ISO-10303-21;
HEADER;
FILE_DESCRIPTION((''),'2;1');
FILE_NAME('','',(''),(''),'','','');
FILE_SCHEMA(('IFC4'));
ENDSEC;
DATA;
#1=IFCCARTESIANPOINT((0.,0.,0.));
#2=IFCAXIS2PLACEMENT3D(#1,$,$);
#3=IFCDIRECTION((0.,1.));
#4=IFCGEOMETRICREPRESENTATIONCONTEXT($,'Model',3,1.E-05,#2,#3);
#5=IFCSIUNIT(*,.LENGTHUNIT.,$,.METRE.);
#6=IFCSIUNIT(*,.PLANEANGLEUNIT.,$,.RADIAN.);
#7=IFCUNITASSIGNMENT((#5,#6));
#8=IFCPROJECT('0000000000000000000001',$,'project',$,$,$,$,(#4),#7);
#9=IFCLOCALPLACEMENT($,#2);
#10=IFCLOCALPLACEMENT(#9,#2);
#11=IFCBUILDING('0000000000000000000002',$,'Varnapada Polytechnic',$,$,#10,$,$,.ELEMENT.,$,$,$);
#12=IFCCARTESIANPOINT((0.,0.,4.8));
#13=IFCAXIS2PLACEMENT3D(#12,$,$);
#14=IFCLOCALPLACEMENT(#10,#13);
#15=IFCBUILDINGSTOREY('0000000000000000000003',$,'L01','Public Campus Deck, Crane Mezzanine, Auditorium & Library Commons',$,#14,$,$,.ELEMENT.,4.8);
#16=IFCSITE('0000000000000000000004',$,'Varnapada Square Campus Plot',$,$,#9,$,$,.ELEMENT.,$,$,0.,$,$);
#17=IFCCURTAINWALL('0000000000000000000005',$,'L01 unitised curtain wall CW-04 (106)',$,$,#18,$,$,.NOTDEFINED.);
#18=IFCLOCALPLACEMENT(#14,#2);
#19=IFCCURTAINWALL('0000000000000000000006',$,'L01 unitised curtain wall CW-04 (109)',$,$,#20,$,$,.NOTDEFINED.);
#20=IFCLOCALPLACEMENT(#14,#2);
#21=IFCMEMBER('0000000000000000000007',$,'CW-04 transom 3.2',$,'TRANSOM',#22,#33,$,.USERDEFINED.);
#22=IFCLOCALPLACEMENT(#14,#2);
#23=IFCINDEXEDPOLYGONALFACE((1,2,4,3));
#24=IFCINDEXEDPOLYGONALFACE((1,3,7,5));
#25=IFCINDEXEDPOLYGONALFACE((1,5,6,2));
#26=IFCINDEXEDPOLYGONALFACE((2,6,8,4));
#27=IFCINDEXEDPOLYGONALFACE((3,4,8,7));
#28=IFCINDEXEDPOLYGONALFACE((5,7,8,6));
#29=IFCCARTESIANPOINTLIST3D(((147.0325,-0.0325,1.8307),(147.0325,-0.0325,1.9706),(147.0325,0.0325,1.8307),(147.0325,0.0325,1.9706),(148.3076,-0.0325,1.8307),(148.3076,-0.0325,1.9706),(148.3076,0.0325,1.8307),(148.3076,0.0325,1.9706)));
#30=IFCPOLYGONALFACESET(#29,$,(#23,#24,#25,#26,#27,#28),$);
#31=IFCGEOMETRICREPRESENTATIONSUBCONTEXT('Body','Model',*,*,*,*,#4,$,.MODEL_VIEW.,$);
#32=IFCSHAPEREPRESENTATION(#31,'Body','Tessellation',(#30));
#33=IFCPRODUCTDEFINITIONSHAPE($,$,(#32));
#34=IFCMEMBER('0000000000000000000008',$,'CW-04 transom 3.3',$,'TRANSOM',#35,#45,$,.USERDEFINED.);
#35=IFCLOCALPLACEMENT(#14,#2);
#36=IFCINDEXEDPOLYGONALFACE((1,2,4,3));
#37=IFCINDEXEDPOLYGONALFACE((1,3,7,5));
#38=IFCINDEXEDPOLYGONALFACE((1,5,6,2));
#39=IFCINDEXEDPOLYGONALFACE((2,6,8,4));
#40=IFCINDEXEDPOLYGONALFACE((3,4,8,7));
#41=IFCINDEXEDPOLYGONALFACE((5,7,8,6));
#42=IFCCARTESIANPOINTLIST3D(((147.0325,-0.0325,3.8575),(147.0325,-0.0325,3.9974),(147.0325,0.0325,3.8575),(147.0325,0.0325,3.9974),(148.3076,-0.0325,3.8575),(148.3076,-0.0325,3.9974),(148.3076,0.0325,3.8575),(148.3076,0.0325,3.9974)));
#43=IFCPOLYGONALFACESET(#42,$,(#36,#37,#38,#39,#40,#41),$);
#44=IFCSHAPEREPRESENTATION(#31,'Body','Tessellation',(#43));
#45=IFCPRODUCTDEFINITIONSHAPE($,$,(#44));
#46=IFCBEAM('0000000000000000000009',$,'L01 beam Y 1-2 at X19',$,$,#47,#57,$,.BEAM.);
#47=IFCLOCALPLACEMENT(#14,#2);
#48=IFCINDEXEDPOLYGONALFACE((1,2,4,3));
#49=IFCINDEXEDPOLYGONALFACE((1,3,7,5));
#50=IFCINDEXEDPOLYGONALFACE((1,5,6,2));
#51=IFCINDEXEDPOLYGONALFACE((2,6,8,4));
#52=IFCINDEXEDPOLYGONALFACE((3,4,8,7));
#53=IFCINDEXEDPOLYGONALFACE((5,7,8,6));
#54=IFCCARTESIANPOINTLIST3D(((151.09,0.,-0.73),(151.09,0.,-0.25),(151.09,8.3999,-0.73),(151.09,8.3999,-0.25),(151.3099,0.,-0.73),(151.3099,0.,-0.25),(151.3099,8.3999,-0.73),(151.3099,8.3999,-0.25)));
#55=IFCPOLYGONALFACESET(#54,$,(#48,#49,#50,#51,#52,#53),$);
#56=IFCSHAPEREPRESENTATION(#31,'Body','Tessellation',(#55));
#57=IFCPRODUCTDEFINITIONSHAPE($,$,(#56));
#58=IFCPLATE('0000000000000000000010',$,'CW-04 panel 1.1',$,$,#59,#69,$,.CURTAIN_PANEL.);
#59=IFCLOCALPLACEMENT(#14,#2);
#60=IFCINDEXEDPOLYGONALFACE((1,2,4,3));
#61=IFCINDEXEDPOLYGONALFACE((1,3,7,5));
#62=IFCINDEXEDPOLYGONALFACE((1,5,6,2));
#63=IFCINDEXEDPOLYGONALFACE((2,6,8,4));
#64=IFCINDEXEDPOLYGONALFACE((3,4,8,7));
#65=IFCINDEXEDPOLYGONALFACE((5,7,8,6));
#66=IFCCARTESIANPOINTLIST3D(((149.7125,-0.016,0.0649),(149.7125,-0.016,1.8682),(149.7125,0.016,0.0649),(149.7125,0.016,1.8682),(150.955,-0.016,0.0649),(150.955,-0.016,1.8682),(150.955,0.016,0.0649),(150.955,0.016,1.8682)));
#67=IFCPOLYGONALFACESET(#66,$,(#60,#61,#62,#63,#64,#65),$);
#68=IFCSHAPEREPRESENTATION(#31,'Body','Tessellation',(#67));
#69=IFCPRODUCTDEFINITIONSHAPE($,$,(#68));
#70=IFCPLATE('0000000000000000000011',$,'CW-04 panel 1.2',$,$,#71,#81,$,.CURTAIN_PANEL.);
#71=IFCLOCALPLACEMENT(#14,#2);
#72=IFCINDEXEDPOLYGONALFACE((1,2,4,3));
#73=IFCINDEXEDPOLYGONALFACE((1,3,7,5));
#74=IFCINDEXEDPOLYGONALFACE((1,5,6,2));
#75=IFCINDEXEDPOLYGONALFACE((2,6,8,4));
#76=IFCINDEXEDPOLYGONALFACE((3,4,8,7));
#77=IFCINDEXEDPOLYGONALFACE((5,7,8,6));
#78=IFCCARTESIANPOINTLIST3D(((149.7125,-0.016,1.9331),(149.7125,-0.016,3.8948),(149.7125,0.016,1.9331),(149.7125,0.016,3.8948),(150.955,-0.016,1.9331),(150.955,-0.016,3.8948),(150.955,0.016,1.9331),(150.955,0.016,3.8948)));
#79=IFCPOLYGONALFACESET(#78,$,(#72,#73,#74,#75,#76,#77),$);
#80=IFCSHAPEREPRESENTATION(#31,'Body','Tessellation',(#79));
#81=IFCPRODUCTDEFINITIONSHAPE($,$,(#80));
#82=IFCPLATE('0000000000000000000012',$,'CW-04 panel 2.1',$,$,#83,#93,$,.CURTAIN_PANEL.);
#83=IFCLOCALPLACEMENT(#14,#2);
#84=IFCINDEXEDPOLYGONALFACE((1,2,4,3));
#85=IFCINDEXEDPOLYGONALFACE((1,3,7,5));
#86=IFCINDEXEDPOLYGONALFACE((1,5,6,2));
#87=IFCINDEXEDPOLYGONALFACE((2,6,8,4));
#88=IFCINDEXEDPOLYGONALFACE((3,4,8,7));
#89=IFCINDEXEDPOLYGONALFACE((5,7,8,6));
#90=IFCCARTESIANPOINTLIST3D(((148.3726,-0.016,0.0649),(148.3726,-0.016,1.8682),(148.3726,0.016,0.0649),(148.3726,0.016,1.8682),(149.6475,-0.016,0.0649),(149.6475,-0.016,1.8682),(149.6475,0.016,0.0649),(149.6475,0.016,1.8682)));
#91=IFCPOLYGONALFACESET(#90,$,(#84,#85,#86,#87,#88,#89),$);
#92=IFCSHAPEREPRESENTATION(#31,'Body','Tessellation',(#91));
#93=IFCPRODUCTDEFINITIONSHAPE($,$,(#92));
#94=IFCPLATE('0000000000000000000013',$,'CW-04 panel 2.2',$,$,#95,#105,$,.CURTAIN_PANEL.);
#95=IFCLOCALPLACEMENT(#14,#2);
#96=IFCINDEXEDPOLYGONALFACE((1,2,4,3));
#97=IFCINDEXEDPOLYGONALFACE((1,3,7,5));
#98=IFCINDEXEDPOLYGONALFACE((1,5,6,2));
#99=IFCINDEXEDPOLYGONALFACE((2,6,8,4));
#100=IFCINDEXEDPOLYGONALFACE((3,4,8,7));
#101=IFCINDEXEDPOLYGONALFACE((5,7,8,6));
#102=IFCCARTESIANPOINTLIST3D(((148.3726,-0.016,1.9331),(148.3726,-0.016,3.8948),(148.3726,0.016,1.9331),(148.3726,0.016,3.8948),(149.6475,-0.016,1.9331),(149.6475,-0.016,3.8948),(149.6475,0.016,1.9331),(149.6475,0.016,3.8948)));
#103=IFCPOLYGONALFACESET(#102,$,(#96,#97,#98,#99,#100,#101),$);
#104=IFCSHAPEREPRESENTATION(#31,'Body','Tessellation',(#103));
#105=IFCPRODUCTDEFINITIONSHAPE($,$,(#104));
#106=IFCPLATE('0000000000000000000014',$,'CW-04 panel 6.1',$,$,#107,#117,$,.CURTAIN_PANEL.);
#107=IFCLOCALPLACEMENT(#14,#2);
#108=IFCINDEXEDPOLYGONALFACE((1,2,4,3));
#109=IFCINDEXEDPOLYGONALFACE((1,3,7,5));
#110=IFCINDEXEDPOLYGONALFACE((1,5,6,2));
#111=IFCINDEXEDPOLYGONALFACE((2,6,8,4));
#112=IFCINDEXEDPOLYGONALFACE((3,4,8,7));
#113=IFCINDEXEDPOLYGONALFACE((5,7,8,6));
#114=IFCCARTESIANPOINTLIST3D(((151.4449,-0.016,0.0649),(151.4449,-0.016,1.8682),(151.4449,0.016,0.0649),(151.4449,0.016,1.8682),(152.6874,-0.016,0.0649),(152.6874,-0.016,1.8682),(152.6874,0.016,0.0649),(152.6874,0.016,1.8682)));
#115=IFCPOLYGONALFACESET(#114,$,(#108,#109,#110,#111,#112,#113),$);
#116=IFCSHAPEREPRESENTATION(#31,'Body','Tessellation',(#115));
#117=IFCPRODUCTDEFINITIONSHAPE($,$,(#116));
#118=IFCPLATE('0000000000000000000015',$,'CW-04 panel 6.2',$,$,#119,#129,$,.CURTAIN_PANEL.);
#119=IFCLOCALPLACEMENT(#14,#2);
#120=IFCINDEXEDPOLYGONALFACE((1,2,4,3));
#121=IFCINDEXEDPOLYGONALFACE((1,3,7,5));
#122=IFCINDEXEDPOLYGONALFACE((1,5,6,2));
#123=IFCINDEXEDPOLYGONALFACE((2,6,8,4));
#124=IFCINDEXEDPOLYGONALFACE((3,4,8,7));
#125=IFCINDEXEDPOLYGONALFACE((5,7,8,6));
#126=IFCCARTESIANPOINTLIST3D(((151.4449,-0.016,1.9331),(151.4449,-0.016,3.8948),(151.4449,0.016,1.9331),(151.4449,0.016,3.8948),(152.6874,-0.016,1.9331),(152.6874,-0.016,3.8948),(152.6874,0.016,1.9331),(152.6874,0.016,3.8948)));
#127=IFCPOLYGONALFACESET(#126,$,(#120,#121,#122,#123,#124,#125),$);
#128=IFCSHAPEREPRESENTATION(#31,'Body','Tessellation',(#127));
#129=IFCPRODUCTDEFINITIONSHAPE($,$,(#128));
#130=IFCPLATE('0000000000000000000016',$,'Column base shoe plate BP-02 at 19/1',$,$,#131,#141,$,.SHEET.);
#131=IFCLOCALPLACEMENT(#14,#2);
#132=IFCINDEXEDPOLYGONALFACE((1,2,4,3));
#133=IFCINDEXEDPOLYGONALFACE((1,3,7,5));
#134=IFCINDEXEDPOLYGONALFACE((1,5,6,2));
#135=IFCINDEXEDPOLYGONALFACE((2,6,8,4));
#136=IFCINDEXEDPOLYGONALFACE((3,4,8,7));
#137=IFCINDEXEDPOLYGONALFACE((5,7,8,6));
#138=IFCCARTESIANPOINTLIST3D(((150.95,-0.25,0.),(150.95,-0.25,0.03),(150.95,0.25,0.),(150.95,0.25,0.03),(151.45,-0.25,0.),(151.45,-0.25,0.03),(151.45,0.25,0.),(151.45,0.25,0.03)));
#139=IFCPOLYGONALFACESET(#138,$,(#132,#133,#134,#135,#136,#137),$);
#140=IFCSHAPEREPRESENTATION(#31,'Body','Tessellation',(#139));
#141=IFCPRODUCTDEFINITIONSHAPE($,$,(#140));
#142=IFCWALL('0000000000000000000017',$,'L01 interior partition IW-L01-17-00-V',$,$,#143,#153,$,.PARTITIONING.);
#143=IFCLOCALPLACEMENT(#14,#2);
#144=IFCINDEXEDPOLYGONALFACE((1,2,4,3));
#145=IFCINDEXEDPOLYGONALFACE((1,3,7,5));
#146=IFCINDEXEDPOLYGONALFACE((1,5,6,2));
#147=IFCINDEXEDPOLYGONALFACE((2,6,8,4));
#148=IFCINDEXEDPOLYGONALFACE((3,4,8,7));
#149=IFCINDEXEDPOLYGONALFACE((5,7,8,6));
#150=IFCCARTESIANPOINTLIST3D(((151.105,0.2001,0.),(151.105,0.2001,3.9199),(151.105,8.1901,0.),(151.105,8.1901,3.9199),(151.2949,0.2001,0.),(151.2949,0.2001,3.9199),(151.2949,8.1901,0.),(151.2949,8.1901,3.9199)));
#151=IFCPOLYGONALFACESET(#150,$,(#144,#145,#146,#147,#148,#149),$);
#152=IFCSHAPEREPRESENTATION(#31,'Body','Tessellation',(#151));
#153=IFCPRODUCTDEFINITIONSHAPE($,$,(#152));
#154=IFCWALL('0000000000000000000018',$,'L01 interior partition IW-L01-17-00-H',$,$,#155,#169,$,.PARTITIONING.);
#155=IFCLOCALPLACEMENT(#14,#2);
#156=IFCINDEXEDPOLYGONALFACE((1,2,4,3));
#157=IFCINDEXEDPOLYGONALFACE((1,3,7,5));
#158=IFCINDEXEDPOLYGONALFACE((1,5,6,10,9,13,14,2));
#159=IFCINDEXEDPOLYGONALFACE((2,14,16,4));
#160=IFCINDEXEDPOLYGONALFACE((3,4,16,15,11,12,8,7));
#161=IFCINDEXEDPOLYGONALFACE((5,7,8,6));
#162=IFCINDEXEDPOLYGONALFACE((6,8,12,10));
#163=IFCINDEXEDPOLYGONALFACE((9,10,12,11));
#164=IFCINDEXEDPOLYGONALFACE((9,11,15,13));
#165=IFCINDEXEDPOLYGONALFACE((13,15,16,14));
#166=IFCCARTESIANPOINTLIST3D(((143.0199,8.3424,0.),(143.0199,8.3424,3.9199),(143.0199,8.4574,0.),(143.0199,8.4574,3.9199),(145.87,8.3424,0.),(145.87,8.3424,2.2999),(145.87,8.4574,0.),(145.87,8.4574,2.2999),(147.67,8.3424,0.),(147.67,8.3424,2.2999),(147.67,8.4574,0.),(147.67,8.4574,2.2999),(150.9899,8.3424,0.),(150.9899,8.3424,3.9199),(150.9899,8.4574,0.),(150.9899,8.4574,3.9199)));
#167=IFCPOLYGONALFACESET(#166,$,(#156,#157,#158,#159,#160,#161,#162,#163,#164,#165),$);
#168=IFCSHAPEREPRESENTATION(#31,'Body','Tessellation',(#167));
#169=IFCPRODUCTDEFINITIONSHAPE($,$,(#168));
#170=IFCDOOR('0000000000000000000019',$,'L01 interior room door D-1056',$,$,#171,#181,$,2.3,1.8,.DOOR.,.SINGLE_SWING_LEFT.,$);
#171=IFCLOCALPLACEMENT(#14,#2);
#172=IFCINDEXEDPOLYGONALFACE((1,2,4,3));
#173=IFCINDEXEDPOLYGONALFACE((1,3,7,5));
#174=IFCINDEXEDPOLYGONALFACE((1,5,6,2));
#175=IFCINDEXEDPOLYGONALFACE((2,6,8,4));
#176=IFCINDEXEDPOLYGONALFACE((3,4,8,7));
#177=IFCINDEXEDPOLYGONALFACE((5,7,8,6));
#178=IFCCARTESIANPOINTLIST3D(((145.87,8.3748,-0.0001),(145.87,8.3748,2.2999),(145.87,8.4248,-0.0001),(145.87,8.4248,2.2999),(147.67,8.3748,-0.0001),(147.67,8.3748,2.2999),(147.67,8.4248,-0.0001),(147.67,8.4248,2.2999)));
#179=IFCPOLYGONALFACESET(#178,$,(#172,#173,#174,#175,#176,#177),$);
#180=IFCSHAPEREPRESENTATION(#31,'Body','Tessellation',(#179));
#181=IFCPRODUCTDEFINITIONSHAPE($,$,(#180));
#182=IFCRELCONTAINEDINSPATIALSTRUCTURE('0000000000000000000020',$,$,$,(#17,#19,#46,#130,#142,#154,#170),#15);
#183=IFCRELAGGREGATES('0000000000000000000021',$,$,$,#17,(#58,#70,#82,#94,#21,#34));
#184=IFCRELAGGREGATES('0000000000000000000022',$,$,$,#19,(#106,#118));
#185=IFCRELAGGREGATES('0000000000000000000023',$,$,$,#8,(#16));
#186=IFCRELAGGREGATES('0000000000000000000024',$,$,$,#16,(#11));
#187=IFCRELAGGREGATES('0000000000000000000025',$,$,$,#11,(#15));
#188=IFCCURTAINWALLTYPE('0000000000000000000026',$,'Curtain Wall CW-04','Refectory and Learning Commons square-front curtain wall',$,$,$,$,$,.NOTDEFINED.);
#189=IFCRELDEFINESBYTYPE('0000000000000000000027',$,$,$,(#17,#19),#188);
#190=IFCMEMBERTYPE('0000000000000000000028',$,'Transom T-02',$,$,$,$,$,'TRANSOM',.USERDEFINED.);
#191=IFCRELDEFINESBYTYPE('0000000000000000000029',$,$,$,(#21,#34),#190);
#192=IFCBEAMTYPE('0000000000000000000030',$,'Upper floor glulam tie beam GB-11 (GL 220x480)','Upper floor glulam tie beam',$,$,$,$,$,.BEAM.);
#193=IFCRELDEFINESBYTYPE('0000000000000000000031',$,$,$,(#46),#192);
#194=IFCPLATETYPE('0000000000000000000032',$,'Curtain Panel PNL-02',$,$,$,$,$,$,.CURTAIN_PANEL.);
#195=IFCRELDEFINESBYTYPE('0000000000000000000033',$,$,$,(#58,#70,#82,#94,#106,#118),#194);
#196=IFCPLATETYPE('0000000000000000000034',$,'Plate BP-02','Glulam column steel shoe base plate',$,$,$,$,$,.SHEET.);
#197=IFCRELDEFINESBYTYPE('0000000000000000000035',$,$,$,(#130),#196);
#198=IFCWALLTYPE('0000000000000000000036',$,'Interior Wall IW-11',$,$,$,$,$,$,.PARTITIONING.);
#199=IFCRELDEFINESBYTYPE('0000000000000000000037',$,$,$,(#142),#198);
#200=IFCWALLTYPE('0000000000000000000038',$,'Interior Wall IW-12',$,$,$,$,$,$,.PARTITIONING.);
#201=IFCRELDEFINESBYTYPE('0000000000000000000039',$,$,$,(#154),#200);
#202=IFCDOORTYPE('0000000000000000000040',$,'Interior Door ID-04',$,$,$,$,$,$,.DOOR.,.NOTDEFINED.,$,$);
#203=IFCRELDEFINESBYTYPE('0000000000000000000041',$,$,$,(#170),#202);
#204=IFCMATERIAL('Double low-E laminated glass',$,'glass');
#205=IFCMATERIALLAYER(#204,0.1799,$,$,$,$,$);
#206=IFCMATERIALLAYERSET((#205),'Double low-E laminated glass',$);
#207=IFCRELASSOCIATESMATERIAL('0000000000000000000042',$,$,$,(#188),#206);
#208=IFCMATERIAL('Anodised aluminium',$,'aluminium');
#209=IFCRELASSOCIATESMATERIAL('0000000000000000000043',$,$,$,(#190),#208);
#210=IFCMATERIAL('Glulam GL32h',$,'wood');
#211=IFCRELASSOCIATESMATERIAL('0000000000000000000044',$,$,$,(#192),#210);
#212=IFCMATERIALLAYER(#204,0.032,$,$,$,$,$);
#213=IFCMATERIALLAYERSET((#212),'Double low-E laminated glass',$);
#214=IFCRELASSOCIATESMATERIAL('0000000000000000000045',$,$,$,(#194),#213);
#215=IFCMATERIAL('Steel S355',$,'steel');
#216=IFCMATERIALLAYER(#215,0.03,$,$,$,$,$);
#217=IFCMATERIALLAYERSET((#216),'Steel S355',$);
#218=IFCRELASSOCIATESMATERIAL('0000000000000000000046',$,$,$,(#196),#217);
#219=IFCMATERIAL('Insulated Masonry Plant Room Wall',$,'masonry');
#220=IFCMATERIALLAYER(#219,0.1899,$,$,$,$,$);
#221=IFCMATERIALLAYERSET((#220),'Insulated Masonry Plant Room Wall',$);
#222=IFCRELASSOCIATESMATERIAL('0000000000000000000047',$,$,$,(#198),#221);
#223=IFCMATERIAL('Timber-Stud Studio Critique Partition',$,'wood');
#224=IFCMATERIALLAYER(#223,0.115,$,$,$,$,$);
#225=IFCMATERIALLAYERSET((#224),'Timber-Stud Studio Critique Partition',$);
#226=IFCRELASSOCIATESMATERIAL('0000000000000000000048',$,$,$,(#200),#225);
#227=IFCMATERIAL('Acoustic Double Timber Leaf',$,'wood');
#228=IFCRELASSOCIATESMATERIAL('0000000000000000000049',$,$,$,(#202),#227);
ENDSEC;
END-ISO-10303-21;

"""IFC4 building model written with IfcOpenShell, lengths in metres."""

from ifc_helpers import new_model, si_unit, direction, frame, frame_2d, origin, origin_2d, place, context, subcontext, project, spatial, rectangle, extrude, material, layer, layer_set, material_profile, profile_set, type_object, element, fill, aggregate, save


model = new_model("IFC4")

# Units and contexts
model_context = context("Model", 3, precision=1e-05, world=origin(), true_north=direction((0.0, 1.0)))
body_context = subcontext(model_context, "Body", "Model", "MODEL_VIEW")
ifc_project = project(units=[si_unit("LENGTHUNIT", "METRE"), si_unit("PLANEANGLEUNIT", "RADIAN")], contexts=[model_context])

# Site, building, storey
site_placement = place(None, origin())
site = spatial("IfcSite", under=ifc_project, at=site_placement, Name="Varnapada Square Campus Plot", CompositionType="ELEMENT", RefElevation=0.0)
building_placement = place(site_placement, origin())
building = spatial("IfcBuilding", under=site, at=building_placement, Name="Varnapada Polytechnic", CompositionType="ELEMENT")
storey_placement = place(building_placement, frame((0.0, 0.0, 4.8)))
storey = spatial("IfcBuildingStorey", under=building, at=storey_placement, Name="L01", Description="Public Campus Deck, Crane Mezzanine, Auditorium & Library Commons", CompositionType="ELEMENT", Elevation=4.8)

# Shared definitions
ifc_material_1 = material(Name="Glulam GL32h", Category="wood")

# Curtain wall
ifc_material_2 = material(Name="Double low-E laminated glass", Category="glass")
ifc_layer_1 = layer(ifc_material_2, 0.1799)
ifc_layer_set_1 = layer_set([ifc_layer_1], Name="Double low-E laminated glass")
curtain_wall_type = type_object("IfcCurtainWallType", Name="Curtain Wall CW-04", Description="Refectory and Learning Commons square-front curtain wall", PredefinedType="NOTDEFINED", material=ifc_layer_set_1)
curtain_wall_1_placement = place(storey_placement, origin())
curtain_wall_1 = element("IfcCurtainWall", 1, at=curtain_wall_1_placement, inside=storey, type_object=curtain_wall_type, Name="L01 unitised curtain wall CW-04 (106)", PredefinedType="NOTDEFINED")
ifc_material_3 = material(Name="Anodised aluminium", Category="aluminium")

# Curtain wall
curtain_wall_2_placement = place(storey_placement, origin())
curtain_wall_2 = element("IfcCurtainWall", 2, at=curtain_wall_2_placement, inside=storey, type_object=curtain_wall_type, Name="L01 unitised curtain wall CW-04 (109)", PredefinedType="NOTDEFINED")

# Members
ifc_material_profile_1 = material_profile(ifc_material_3, rectangle(XDim=0.0649, YDim=0.1399, at=origin_2d()), Name="ALU T65x140")
ifc_profile_set_1 = profile_set([ifc_material_profile_1], Name="Anodised aluminium")
member_type_1 = type_object("IfcMemberType", Name="Transom T-02", ElementType="TRANSOM", PredefinedType="USERDEFINED", material=ifc_profile_set_1)
member_1_placement = place(storey_placement, frame((148.3076, 0.0, 1.9006), z_axis=(-1.0, 0.0, 0.0), x_axis=(0.0, -1.0, 0.0)))
member_1 = element("IfcMember", 3, at=member_1_placement, type_object=member_type_1, Name="CW-04 transom 3.2", ObjectType="TRANSOM", PredefinedType="USERDEFINED", context=body_context, shape_type="SweptSolid", body=[
    extrude(rectangle(XDim=0.0649, YDim=0.1399, at=origin_2d()), origin(), (0.0, 0.0, 1.0), 1.2751),
])
member_2_placement = place(storey_placement, frame((148.3076, 0.0, 3.9275), z_axis=(-1.0, 0.0, 0.0), x_axis=(0.0, -1.0, 0.0)))
member_2 = element("IfcMember", 4, at=member_2_placement, type_object=member_type_1, Name="CW-04 transom 3.3", ObjectType="TRANSOM", PredefinedType="USERDEFINED", context=body_context, shape_type="SweptSolid", body=[
    extrude(rectangle(XDim=0.0649, YDim=0.1399, at=origin_2d()), origin(), (0.0, 0.0, 1.0), 1.2751),
])

# Beam
ifc_material_profile_2 = material_profile(ifc_material_1, rectangle(XDim=0.22, YDim=0.48, at=origin_2d()), Name="GL 220x480")
ifc_profile_set_2 = profile_set([ifc_material_profile_2], Name="Glulam GL32h")
beam_type_1 = type_object("IfcBeamType", Name="Upper floor glulam tie beam GB-11 (GL 220x480)", Description="Upper floor glulam tie beam", PredefinedType="BEAM", material=ifc_profile_set_2)
beam_1_placement = place(storey_placement, frame((151.2, 0.0, -0.49), z_axis=(0.0, 1.0, 0.0), x_axis=(-1.0, 0.0, 0.0)))
element("IfcBeam", 5, at=beam_1_placement, inside=storey, type_object=beam_type_1, Name="L01 beam Y 1-2 at X19", PredefinedType="BEAM", context=body_context, shape_type="SweptSolid", body=[
    extrude(rectangle(XDim=0.22, YDim=0.48, at=origin_2d()), origin(), (0.0, 0.0, 1.0), 8.3999),
])

# Plates
ifc_layer_2 = layer(ifc_material_2, 0.032)
ifc_layer_set_2 = layer_set([ifc_layer_2], Name="Double low-E laminated glass")
plate_type_1 = type_object("IfcPlateType", Name="Curtain Panel PNL-02", PredefinedType="CURTAIN_PANEL", material=ifc_layer_set_2)
plate_1_placement = place(storey_placement, frame((150.3337, 0.0, 0.0649), z_axis=(0.0, 0.0, 1.0), x_axis=(-1.0, 0.0, 0.0)))
plate_1 = element("IfcPlate", 6, at=plate_1_placement, type_object=plate_type_1, Name="CW-04 panel 1.1", PredefinedType="CURTAIN_PANEL", context=body_context, shape_type="SweptSolid", body=[
    extrude(rectangle(XDim=1.2424, YDim=0.032, at=origin_2d()), origin(), (0.0, 0.0, 1.0), 1.8032),
])
plate_2_placement = place(storey_placement, frame((150.3337, 0.0, 1.9331), z_axis=(0.0, 0.0, 1.0), x_axis=(-1.0, 0.0, 0.0)))
plate_2 = element("IfcPlate", 7, at=plate_2_placement, type_object=plate_type_1, Name="CW-04 panel 1.2", PredefinedType="CURTAIN_PANEL", context=body_context, shape_type="SweptSolid", body=[
    extrude(rectangle(XDim=1.2424, YDim=0.032, at=origin_2d()), origin(), (0.0, 0.0, 1.0), 1.9617),
])
plate_3_placement = place(storey_placement, frame((149.01, 0.0, 0.0649), z_axis=(0.0, 0.0, 1.0), x_axis=(-1.0, 0.0, 0.0)))
plate_3 = element("IfcPlate", 8, at=plate_3_placement, type_object=plate_type_1, Name="CW-04 panel 2.1", PredefinedType="CURTAIN_PANEL", context=body_context, shape_type="SweptSolid", body=[
    extrude(rectangle(XDim=1.2749, YDim=0.032, at=origin_2d()), origin(), (0.0, 0.0, 1.0), 1.8032),
])
plate_4_placement = place(storey_placement, frame((149.01, 0.0, 1.9331), z_axis=(0.0, 0.0, 1.0), x_axis=(-1.0, 0.0, 0.0)))
plate_4 = element("IfcPlate", 9, at=plate_4_placement, type_object=plate_type_1, Name="CW-04 panel 2.2", PredefinedType="CURTAIN_PANEL", context=body_context, shape_type="SweptSolid", body=[
    extrude(rectangle(XDim=1.2749, YDim=0.032, at=origin_2d()), origin(), (0.0, 0.0, 1.0), 1.9617),
])
aggregate(curtain_wall_1, [plate_1, plate_2, plate_3, plate_4, member_1, member_2])
plate_5_placement = place(storey_placement, frame((152.0662, 0.0, 0.0649), z_axis=(0.0, 0.0, 1.0), x_axis=(-1.0, 0.0, 0.0)))
plate_5 = element("IfcPlate", 10, at=plate_5_placement, type_object=plate_type_1, Name="CW-04 panel 6.1", PredefinedType="CURTAIN_PANEL", context=body_context, shape_type="SweptSolid", body=[
    extrude(rectangle(XDim=1.2424, YDim=0.032, at=origin_2d()), origin(), (0.0, 0.0, 1.0), 1.8032),
])
plate_6_placement = place(storey_placement, frame((152.0662, 0.0, 1.9331), z_axis=(0.0, 0.0, 1.0), x_axis=(-1.0, 0.0, 0.0)))
plate_6 = element("IfcPlate", 11, at=plate_6_placement, type_object=plate_type_1, Name="CW-04 panel 6.2", PredefinedType="CURTAIN_PANEL", context=body_context, shape_type="SweptSolid", body=[
    extrude(rectangle(XDim=1.2424, YDim=0.032, at=origin_2d()), origin(), (0.0, 0.0, 1.0), 1.9617),
])
aggregate(curtain_wall_2, [plate_5, plate_6])
ifc_material_4 = material(Name="Steel S355", Category="steel")
ifc_layer_3 = layer(ifc_material_4, 0.03)
ifc_layer_set_3 = layer_set([ifc_layer_3], Name="Steel S355")
plate_type_2 = type_object("IfcPlateType", Name="Plate BP-02", Description="Glulam column steel shoe base plate", PredefinedType="SHEET", material=ifc_layer_set_3)
plate_7_placement = place(storey_placement, frame((151.2, 0.0, 0.0), z_axis=(0.0, 0.0, 1.0), x_axis=(1.0, 0.0, 0.0)))
element("IfcPlate", 12, at=plate_7_placement, inside=storey, type_object=plate_type_2, Name="Column base shoe plate BP-02 at 19/1", PredefinedType="SHEET", context=body_context, shape_type="SweptSolid", body=[
    extrude(rectangle(XDim=0.5, YDim=0.5, at=origin_2d()), origin(), (0.0, 0.0, 1.0), 0.03),
])

# Wall
ifc_material_5 = material(Name="Insulated Masonry Plant Room Wall", Category="masonry")
ifc_layer_4 = layer(ifc_material_5, 0.1899)
ifc_layer_set_4 = layer_set([ifc_layer_4], Name="Insulated Masonry Plant Room Wall")
wall_type_1 = type_object("IfcWallType", Name="Interior Wall IW-11", PredefinedType="PARTITIONING", material=ifc_layer_set_4)
wall_1_placement = place(storey_placement, frame((151.2, 0.2, 0.0), z_axis=(0.0, 0.0, 1.0), x_axis=(0.0, 1.0, 0.0)))
element("IfcWall", 13, at=wall_1_placement, inside=storey, type_object=wall_type_1, Name="L01 interior partition IW-L01-17-00-V", PredefinedType="PARTITIONING", context=body_context, shape_type="SweptSolid", body=[
    extrude(rectangle(XDim=7.99, YDim=0.1899, at=frame_2d((3.9951, 0.0))), origin(), (0.0, 0.0, 1.0), 3.9199),
])

# Wall, opening, door
ifc_material_6 = material(Name="Timber-Stud Studio Critique Partition", Category="wood")
ifc_layer_5 = layer(ifc_material_6, 0.115)
ifc_layer_set_5 = layer_set([ifc_layer_5], Name="Timber-Stud Studio Critique Partition")
wall_type_2 = type_object("IfcWallType", Name="Interior Wall IW-12", PredefinedType="PARTITIONING", material=ifc_layer_set_5)
wall_2_placement = place(storey_placement, frame((143.02, 8.3999, 0.0), z_axis=(0.0, 0.0, 1.0), x_axis=(1.0, 0.0, 0.0)))
wall_2 = element("IfcWall", 14, at=wall_2_placement, inside=storey, type_object=wall_type_2, Name="L01 interior partition IW-L01-17-00-H", PredefinedType="PARTITIONING", context=body_context, shape_type="SweptSolid", body=[
    extrude(rectangle(XDim=7.97, YDim=0.115, at=frame_2d((3.9849, 0.0))), origin(), (0.0, 0.0, 1.0), 3.9199),
])
opening_placement = place(wall_2_placement, frame((2.8501, 0.0, 0.0)))
opening = element("IfcOpeningElement", 15, at=opening_placement, cuts=wall_2, PredefinedType="OPENING", context=body_context, shape_type="SweptSolid", body=[
    extrude(rectangle(XDim=1.8, YDim=2.3, at=frame_2d((0.8999, 1.1499))), frame((0.0, 0.0674, 0.0), z_axis=(0.0, -1.0, 0.0), x_axis=(1.0, 0.0, 0.0)), (0.0, 0.0, 1.0), 0.135),
])
ifc_material_7 = material(Name="Acoustic Double Timber Leaf", Category="wood")
door_type = type_object("IfcDoorType", Name="Interior Door ID-04", OperationType="NOTDEFINED", PredefinedType="DOOR", material=ifc_material_7)
door_placement = place(opening_placement, origin())
door = element("IfcDoor", 16, at=door_placement, inside=storey, type_object=door_type, Name="L01 interior room door D-1056", OperationType="SINGLE_SWING_LEFT", OverallHeight=2.3, OverallWidth=1.8, PredefinedType="DOOR", context=body_context, shape_type="SweptSolid", body=[
    extrude(rectangle(XDim=1.8, YDim=2.3, at=frame_2d((0.8999, 1.1499))), frame((0.0, 0.0249, 0.0), z_axis=(0.0, -1.0, 0.0), x_axis=(1.0, 0.0, 0.0)), (0.0, 0.0, 1.0), 0.05),
])
fill(opening, door)

save(model, "model.ifc")
